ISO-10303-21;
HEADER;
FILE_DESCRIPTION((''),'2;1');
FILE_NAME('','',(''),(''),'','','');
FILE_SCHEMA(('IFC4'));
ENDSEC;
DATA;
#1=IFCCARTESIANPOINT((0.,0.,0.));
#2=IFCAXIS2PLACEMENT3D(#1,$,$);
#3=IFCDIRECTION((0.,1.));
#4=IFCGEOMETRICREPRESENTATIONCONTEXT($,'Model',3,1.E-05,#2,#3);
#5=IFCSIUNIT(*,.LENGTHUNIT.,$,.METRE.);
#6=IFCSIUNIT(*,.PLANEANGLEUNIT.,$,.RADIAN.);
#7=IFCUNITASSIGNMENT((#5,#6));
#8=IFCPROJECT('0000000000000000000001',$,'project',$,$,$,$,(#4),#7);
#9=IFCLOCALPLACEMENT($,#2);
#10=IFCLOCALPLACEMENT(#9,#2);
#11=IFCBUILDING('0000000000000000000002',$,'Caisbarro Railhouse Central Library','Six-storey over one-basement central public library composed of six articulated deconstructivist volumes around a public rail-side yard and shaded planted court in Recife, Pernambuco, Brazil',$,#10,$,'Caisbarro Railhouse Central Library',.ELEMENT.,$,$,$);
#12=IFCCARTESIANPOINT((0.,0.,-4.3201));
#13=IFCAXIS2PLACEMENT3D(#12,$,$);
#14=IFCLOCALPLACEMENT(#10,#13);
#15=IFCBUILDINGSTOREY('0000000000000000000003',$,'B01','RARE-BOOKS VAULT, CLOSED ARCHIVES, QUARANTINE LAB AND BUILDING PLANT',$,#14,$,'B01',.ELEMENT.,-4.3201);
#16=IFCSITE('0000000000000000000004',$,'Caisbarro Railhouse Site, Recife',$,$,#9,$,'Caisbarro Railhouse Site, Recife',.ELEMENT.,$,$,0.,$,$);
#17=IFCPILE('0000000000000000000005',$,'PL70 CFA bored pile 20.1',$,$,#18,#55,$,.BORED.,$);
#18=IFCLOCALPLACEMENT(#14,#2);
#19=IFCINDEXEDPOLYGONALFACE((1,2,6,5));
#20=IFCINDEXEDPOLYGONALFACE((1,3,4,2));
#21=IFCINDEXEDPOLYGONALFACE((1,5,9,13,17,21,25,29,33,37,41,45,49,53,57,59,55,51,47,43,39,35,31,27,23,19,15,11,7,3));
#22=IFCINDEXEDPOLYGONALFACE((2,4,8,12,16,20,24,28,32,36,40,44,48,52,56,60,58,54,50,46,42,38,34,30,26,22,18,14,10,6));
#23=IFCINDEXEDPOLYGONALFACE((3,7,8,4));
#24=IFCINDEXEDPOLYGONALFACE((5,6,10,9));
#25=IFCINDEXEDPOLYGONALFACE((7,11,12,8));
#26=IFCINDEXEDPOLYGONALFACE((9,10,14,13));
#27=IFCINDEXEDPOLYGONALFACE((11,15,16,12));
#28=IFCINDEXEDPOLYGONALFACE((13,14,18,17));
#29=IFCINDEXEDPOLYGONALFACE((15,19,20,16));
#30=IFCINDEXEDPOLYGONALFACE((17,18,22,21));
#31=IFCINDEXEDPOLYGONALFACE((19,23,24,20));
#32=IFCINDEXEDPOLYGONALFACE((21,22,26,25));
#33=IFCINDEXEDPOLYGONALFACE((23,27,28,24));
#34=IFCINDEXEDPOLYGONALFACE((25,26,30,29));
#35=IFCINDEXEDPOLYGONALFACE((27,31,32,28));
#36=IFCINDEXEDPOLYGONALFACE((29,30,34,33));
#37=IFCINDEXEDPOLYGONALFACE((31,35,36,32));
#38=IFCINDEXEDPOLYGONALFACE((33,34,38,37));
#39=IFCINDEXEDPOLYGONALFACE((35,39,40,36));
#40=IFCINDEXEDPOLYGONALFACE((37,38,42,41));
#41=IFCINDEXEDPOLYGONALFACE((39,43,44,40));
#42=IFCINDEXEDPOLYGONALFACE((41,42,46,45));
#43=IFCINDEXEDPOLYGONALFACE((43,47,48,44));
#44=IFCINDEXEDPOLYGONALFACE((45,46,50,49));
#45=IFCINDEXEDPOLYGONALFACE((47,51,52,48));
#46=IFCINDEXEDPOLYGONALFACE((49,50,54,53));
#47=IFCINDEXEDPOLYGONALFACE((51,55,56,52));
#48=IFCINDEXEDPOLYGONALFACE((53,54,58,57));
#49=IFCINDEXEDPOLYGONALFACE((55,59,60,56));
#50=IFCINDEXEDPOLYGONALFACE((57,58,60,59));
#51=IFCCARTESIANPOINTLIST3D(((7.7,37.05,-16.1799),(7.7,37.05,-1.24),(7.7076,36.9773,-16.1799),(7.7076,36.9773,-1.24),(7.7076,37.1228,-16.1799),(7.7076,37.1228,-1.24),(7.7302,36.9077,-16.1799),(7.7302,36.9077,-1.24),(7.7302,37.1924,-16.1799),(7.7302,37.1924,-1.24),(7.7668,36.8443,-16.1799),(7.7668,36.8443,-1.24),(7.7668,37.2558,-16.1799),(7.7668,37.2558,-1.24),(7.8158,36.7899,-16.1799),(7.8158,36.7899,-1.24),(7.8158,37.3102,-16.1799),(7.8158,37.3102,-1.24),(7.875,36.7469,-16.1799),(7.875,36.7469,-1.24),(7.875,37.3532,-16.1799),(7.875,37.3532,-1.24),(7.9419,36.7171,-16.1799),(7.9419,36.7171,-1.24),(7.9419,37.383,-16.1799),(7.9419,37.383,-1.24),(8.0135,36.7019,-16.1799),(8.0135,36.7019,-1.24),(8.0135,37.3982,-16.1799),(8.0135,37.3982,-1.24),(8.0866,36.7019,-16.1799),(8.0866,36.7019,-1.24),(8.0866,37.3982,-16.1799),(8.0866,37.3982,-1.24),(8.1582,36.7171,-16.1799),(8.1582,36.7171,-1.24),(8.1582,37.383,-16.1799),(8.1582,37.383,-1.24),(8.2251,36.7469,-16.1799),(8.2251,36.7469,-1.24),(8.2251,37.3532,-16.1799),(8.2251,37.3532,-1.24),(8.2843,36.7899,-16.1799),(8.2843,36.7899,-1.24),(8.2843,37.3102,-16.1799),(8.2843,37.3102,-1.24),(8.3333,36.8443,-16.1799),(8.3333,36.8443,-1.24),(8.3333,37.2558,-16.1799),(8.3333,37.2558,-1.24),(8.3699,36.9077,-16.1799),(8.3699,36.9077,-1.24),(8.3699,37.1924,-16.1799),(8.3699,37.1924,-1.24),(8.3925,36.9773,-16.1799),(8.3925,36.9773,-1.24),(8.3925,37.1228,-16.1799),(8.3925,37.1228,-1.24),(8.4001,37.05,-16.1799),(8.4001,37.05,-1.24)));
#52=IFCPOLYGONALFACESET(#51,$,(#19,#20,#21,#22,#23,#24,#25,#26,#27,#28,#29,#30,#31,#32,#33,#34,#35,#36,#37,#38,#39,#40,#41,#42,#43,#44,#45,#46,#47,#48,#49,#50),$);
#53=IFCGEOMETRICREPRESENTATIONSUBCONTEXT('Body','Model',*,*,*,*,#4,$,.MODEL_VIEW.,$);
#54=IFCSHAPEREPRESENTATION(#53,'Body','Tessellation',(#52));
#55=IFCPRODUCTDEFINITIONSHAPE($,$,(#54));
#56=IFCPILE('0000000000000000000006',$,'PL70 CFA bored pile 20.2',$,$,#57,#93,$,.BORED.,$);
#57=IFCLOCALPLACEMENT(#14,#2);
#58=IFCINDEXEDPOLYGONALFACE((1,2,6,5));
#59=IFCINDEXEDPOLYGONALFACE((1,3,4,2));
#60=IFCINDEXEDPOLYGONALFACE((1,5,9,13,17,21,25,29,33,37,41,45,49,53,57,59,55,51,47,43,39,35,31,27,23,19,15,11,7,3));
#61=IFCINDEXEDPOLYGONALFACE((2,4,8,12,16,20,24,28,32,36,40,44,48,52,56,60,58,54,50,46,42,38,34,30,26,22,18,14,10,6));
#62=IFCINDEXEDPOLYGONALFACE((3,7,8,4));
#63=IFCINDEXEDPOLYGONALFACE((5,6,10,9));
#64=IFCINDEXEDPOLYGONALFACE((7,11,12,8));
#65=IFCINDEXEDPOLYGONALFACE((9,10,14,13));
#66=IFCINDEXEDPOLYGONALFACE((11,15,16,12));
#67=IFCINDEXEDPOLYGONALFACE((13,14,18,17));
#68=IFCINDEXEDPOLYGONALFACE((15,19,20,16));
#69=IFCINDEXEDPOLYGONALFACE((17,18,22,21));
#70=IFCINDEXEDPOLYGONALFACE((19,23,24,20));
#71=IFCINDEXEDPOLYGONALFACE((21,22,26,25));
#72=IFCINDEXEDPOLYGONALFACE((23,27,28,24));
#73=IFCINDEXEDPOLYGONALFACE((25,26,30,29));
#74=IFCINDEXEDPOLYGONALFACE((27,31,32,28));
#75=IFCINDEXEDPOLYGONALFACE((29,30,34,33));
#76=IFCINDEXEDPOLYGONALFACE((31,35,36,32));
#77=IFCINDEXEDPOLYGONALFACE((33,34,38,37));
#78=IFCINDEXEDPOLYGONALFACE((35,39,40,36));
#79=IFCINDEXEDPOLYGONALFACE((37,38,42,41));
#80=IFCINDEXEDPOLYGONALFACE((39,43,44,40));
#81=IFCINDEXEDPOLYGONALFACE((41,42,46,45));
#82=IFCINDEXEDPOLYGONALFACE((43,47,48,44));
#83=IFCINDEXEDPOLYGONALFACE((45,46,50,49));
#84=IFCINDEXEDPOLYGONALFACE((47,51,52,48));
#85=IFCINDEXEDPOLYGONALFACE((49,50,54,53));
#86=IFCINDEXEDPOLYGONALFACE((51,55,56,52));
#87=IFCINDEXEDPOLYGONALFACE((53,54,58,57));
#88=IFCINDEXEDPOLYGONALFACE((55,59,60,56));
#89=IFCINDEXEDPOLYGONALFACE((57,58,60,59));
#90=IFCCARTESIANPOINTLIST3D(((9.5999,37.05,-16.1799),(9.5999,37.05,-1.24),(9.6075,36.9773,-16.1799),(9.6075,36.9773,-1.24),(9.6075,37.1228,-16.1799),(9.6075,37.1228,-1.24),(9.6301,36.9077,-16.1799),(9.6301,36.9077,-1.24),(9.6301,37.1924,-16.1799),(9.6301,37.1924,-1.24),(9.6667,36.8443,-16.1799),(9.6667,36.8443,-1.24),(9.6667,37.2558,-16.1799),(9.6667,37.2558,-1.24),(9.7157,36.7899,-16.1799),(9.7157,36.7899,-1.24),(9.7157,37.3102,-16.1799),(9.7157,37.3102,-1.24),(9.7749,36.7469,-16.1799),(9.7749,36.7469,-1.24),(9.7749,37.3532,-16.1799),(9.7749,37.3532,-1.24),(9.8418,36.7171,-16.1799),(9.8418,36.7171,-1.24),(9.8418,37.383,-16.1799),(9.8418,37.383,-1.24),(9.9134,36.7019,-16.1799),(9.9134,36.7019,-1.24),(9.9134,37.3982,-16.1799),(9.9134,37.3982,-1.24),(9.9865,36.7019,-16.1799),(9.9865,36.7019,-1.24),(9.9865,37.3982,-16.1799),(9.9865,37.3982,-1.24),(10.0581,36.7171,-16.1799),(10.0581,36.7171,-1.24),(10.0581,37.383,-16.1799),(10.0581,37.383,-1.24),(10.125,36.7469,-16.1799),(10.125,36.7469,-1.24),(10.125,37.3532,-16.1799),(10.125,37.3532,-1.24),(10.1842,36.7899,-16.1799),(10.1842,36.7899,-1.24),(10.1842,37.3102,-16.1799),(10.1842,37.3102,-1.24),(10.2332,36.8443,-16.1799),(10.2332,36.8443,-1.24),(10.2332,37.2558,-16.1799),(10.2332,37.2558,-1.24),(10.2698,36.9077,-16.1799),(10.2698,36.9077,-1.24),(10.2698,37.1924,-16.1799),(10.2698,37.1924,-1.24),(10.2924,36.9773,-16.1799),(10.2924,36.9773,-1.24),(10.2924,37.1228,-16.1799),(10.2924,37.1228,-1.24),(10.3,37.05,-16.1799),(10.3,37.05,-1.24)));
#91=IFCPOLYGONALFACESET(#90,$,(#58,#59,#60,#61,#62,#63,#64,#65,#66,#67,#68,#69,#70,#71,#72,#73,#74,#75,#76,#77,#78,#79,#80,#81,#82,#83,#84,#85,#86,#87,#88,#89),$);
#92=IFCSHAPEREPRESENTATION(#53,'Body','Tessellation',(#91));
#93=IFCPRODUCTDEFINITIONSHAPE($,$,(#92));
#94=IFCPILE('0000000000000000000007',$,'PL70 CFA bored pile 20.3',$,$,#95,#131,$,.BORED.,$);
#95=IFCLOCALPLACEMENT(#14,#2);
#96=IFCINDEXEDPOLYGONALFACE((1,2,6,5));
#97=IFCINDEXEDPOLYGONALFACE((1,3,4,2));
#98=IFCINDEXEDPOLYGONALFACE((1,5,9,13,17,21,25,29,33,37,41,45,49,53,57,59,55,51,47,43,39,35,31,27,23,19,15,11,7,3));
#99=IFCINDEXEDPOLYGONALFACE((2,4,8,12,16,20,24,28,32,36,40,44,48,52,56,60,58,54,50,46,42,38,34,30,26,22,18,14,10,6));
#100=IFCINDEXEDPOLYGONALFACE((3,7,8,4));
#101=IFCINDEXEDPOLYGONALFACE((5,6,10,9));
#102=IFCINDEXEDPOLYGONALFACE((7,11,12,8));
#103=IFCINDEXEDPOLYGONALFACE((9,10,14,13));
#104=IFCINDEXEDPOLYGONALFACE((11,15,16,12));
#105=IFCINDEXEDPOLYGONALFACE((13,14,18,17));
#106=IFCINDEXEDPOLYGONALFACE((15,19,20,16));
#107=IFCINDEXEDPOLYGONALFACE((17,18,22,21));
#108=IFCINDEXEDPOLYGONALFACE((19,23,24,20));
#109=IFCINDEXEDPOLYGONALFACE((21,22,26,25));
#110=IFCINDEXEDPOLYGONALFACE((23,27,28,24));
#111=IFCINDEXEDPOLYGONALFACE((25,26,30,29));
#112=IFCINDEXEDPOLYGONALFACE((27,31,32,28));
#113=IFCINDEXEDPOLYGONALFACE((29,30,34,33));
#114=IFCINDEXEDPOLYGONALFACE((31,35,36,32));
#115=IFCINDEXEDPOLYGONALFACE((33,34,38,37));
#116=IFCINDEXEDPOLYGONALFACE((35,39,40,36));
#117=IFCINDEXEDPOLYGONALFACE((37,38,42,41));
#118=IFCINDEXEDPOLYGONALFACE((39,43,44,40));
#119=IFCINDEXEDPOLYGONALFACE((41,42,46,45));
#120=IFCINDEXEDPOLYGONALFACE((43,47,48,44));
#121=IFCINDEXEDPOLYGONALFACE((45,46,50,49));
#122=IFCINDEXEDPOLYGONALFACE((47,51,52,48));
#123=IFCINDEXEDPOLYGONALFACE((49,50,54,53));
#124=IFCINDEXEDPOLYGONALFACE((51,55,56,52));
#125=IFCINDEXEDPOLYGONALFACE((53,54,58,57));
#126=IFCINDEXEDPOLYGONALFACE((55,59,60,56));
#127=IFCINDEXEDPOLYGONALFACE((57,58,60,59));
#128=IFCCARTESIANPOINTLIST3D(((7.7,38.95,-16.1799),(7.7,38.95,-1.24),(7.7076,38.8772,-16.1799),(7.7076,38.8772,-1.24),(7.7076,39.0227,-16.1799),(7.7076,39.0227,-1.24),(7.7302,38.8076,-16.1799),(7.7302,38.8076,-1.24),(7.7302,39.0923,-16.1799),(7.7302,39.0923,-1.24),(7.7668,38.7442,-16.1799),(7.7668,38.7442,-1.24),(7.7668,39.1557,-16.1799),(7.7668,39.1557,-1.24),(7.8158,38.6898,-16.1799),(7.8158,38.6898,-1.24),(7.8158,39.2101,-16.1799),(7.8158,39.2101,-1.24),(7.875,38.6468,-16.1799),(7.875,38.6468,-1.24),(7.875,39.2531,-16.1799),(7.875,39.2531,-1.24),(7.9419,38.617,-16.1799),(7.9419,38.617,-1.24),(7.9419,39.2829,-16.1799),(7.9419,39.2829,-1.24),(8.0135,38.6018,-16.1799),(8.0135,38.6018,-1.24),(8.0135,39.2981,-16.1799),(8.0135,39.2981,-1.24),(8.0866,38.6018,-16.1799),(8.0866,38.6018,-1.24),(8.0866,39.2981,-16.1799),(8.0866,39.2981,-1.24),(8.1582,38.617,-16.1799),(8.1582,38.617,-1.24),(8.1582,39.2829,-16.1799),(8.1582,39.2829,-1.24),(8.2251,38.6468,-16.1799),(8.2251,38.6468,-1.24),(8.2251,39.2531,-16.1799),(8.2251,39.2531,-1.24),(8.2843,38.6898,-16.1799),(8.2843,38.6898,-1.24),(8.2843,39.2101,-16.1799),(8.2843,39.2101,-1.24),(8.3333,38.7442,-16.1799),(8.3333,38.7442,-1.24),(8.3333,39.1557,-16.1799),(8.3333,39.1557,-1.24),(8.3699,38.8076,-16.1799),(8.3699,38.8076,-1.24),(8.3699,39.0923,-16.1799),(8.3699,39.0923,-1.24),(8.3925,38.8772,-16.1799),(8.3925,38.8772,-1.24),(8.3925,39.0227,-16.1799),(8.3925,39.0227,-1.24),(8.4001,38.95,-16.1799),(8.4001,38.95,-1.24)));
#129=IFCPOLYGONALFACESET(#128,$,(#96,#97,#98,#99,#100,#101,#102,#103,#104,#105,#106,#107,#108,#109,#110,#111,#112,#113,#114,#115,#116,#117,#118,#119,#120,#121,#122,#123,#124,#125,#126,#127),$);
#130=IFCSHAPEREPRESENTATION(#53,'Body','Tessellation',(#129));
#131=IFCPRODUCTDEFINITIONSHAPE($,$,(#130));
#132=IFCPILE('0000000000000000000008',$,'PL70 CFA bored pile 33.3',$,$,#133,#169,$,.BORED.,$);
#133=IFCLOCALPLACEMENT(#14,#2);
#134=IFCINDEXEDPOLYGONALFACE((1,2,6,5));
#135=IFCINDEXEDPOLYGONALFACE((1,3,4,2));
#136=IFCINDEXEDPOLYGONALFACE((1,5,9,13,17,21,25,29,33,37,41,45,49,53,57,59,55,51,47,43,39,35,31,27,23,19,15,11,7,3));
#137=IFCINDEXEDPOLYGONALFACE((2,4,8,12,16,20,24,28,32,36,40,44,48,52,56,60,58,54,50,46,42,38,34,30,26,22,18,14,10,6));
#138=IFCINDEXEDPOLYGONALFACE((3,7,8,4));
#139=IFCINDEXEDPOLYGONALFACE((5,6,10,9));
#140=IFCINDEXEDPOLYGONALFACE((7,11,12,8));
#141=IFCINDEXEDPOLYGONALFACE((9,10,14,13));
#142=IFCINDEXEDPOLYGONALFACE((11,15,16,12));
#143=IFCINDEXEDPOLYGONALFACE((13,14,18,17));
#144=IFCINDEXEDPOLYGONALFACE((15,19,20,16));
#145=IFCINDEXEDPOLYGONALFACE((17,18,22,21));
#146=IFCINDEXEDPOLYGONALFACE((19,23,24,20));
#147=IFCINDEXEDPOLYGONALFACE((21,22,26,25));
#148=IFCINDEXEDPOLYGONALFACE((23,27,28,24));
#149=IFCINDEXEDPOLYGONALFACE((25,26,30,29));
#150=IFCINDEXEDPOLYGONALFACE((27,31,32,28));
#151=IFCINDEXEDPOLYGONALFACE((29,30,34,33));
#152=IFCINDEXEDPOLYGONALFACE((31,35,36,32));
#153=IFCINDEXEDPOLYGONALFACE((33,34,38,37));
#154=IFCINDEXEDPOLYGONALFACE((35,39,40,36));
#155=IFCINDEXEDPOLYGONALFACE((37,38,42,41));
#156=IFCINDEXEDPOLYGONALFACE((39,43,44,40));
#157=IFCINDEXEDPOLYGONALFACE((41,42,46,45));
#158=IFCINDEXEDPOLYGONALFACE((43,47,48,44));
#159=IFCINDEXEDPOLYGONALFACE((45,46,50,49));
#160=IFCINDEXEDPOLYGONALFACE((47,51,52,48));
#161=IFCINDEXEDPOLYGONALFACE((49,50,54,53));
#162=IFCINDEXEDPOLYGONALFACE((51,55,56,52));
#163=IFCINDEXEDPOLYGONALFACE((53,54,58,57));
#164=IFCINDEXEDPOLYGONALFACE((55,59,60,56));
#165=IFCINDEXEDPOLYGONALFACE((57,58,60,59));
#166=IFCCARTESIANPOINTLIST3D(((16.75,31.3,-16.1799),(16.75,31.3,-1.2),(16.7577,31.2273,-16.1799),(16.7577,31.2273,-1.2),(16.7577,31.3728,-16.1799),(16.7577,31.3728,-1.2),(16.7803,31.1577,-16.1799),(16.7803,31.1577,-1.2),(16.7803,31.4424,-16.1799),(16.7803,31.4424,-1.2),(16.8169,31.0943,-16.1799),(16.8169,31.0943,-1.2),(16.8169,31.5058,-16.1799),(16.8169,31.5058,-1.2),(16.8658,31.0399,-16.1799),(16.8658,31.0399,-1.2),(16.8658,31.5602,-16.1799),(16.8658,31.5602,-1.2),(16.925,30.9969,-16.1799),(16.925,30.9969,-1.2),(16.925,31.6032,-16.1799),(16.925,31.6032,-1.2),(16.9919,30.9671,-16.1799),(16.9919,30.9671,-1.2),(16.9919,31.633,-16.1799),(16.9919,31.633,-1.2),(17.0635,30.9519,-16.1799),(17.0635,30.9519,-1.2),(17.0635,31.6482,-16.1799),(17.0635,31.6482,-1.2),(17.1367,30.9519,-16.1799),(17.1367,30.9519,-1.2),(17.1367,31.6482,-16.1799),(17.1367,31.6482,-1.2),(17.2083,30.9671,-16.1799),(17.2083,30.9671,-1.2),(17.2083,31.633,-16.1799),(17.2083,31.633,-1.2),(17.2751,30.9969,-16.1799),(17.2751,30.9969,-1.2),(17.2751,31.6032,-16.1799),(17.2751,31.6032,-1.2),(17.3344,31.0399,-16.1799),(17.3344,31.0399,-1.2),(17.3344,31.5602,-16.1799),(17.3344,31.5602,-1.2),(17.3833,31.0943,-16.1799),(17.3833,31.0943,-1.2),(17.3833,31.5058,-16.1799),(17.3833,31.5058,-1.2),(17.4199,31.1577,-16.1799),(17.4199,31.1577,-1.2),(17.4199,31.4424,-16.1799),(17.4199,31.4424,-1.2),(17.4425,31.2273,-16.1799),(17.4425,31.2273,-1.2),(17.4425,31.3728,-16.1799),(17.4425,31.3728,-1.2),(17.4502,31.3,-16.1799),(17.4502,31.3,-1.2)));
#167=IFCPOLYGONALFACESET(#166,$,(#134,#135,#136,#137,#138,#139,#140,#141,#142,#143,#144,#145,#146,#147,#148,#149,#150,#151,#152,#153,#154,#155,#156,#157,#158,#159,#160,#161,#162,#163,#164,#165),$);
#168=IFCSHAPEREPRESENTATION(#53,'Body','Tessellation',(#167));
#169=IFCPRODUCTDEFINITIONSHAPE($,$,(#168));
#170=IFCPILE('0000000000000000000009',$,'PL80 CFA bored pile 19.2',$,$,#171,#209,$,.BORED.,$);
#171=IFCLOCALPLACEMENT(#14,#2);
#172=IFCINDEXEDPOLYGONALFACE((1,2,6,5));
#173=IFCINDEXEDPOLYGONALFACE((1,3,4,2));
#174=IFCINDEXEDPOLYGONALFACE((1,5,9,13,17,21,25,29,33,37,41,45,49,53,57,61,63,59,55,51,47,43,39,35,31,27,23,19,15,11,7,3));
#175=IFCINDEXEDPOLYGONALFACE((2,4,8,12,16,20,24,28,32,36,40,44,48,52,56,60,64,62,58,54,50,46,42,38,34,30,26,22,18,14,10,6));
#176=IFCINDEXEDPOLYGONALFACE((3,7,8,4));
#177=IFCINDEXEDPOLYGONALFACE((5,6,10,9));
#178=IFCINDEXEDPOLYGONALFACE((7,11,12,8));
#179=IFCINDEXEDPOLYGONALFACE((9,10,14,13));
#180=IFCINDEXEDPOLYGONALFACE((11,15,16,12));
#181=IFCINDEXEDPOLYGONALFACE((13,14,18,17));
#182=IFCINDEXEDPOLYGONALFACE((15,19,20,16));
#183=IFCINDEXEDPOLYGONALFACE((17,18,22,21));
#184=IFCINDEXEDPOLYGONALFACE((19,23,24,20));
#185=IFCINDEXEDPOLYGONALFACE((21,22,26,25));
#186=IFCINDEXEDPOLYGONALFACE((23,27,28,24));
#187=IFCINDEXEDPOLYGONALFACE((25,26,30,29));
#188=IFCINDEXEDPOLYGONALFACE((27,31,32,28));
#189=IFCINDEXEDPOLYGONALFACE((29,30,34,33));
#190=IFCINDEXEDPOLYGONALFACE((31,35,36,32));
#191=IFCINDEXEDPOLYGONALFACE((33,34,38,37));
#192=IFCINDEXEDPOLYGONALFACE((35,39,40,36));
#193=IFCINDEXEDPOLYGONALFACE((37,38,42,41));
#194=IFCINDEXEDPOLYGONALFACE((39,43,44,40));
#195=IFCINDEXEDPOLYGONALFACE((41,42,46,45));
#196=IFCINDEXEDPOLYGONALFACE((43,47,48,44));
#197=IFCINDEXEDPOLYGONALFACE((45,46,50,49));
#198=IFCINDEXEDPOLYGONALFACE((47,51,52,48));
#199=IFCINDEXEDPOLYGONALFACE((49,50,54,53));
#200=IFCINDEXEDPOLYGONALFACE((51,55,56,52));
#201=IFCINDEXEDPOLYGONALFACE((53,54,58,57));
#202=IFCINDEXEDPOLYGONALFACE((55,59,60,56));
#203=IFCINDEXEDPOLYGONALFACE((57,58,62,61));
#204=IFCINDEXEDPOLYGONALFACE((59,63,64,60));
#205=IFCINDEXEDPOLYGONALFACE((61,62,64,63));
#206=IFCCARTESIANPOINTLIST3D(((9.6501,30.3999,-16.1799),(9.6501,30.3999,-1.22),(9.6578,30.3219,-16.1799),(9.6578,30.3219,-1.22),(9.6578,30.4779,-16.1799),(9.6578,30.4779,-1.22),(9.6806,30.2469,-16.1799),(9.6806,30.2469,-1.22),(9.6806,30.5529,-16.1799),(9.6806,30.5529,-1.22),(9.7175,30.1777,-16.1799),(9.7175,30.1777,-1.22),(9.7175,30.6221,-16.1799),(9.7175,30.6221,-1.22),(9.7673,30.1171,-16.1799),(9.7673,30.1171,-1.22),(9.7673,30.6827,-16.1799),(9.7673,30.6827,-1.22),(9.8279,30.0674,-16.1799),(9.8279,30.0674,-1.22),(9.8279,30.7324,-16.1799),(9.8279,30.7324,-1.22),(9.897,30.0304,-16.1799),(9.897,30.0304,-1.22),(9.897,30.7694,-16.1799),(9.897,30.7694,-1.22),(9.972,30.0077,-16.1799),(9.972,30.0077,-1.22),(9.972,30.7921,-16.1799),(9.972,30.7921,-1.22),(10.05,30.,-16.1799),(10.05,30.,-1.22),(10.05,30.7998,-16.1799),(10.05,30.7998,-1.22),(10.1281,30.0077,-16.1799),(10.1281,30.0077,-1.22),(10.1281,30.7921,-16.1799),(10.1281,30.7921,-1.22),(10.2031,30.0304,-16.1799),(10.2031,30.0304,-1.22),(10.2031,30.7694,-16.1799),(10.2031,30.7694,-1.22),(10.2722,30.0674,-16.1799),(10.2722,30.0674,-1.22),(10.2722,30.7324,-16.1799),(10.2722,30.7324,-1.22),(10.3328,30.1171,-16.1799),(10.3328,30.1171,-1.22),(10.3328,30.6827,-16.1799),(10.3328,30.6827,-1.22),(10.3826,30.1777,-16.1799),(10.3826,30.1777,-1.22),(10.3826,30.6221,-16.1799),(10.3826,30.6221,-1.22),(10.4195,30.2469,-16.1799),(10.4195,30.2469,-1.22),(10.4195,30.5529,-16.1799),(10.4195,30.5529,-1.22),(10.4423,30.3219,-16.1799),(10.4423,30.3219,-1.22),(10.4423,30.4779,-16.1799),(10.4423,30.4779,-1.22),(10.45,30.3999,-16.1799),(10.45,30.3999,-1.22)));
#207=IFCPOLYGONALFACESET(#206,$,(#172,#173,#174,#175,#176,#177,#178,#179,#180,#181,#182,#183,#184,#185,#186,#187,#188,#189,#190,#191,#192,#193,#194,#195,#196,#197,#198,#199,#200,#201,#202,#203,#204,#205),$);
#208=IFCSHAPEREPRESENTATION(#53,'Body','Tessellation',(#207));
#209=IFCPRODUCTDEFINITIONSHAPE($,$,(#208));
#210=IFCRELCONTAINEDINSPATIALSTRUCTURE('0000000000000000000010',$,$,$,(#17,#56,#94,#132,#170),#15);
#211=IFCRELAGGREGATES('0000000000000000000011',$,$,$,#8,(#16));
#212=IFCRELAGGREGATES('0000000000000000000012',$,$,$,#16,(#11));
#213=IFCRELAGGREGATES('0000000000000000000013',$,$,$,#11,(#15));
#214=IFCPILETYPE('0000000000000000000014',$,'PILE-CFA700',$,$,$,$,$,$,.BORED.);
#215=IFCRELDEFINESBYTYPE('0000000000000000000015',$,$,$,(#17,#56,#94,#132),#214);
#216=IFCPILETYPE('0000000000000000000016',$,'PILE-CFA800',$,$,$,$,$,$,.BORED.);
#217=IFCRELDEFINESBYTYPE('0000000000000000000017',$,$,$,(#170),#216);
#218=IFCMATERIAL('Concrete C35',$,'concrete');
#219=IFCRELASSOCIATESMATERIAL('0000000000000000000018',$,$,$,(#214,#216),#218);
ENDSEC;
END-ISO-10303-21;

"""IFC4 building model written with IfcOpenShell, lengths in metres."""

from ifc_helpers import new_model, si_unit, direction, frame, origin, origin_2d, place, context, subcontext, project, spatial, circle, extrude, material, material_profile, profile_set, type_object, element, save


model = new_model("IFC4")

# Units and contexts
model_context = context("Model", 3, precision=1e-05, world=origin(), true_north=direction((0.0, 1.0)))
body_context = subcontext(model_context, "Body", "Model", "MODEL_VIEW")
ifc_project = project(units=[si_unit("LENGTHUNIT", "METRE"), si_unit("PLANEANGLEUNIT", "RADIAN")], contexts=[model_context])

# Site, building, storey
site_placement = place(None, origin())
site = spatial("IfcSite", under=ifc_project, at=site_placement, Name="Caisbarro Railhouse Site, Recife", LongName="Caisbarro Railhouse Site, Recife", CompositionType="ELEMENT", RefElevation=0.0)
building_placement = place(site_placement, origin())
building = spatial("IfcBuilding", under=site, at=building_placement, Name="Caisbarro Railhouse Central Library", Description="Six-storey over one-basement central public library composed of six articulated deconstructivist volumes around a public rail-side yard and shaded planted court in Recife, Pernambuco, Brazil", LongName="Caisbarro Railhouse Central Library", CompositionType="ELEMENT")
storey_placement = place(building_placement, frame((0.0, 0.0, -4.3201)))
storey = spatial("IfcBuildingStorey", under=building, at=storey_placement, Name="B01", Description="RARE-BOOKS VAULT, CLOSED ARCHIVES, QUARANTINE LAB AND BUILDING PLANT", LongName="B01", CompositionType="ELEMENT", Elevation=-4.3201)

# Shared definitions
ifc_material_1 = material(Name="Concrete C35", Category="concrete")

# Piles
ifc_material_profile_1 = material_profile(ifc_material_1, circle(Radius=0.3501, at=origin_2d()), Name="PILE-CFA-700")
ifc_profile_set_1 = profile_set([ifc_material_profile_1], Name="Concrete C35")
pile_type_1 = type_object("IfcPileType", Name="PILE-CFA700", PredefinedType="BORED", material=ifc_profile_set_1)
for number, where, z_axis, x_axis, name in (
    (1, (8.05, 37.05, -1.24), (0.0, 0.0, -1.0), (1.0, 0.0, 0.0), "PL70 CFA bored pile 20.1"),
    (2, (9.95, 37.05, -1.24), (0.0, 0.0, -1.0), (1.0, 0.0, 0.0), "PL70 CFA bored pile 20.2"),
    (3, (8.05, 38.95, -1.24), (0.0, 0.0, -1.0), (1.0, 0.0, 0.0), "PL70 CFA bored pile 20.3"),
):
    element("IfcPile", number, at=place(storey_placement, frame(where, z_axis=z_axis, x_axis=x_axis)), inside=storey, type_object=pile_type_1, Name=name, PredefinedType="BORED", context=body_context, shape_type="SweptSolid", body=[
        extrude(circle(Radius=0.3501, at=origin_2d()), origin(), (0.0, 0.0, 1.0), 14.9399),
    ])
pile_placement = place(storey_placement, frame((17.1001, 31.3, -1.2), z_axis=(0.0, 0.0, -1.0), x_axis=(1.0, 0.0, 0.0)))
element("IfcPile", 4, at=pile_placement, inside=storey, type_object=pile_type_1, Name="PL70 CFA bored pile 33.3", PredefinedType="BORED", context=body_context, shape_type="SweptSolid", body=[
    extrude(circle(Radius=0.3501, at=origin_2d()), origin(), (0.0, 0.0, 1.0), 14.98),
])
ifc_material_profile_2 = material_profile(ifc_material_1, circle(Radius=0.3999, at=origin_2d()), Name="PILE-CFA-800")
ifc_profile_set_2 = profile_set([ifc_material_profile_2], Name="Concrete C35")
pile_type_2 = type_object("IfcPileType", Name="PILE-CFA800", PredefinedType="BORED", material=ifc_profile_set_2)
for number, where, z_axis, x_axis, name in (
    (5, (10.05, 30.3999, -1.22), (0.0, 0.0, -1.0), (1.0, 0.0, 0.0), "PL80 CFA bored pile 19.2"),
):
    element("IfcPile", number, at=place(storey_placement, frame(where, z_axis=z_axis, x_axis=x_axis)), inside=storey, type_object=pile_type_2, Name=name, PredefinedType="BORED", context=body_context, shape_type="SweptSolid", body=[
        extrude(circle(Radius=0.3999, at=origin_2d()), origin(), (0.0, 0.0, 1.0), 14.96),
    ])

save(model, "model.ifc")
